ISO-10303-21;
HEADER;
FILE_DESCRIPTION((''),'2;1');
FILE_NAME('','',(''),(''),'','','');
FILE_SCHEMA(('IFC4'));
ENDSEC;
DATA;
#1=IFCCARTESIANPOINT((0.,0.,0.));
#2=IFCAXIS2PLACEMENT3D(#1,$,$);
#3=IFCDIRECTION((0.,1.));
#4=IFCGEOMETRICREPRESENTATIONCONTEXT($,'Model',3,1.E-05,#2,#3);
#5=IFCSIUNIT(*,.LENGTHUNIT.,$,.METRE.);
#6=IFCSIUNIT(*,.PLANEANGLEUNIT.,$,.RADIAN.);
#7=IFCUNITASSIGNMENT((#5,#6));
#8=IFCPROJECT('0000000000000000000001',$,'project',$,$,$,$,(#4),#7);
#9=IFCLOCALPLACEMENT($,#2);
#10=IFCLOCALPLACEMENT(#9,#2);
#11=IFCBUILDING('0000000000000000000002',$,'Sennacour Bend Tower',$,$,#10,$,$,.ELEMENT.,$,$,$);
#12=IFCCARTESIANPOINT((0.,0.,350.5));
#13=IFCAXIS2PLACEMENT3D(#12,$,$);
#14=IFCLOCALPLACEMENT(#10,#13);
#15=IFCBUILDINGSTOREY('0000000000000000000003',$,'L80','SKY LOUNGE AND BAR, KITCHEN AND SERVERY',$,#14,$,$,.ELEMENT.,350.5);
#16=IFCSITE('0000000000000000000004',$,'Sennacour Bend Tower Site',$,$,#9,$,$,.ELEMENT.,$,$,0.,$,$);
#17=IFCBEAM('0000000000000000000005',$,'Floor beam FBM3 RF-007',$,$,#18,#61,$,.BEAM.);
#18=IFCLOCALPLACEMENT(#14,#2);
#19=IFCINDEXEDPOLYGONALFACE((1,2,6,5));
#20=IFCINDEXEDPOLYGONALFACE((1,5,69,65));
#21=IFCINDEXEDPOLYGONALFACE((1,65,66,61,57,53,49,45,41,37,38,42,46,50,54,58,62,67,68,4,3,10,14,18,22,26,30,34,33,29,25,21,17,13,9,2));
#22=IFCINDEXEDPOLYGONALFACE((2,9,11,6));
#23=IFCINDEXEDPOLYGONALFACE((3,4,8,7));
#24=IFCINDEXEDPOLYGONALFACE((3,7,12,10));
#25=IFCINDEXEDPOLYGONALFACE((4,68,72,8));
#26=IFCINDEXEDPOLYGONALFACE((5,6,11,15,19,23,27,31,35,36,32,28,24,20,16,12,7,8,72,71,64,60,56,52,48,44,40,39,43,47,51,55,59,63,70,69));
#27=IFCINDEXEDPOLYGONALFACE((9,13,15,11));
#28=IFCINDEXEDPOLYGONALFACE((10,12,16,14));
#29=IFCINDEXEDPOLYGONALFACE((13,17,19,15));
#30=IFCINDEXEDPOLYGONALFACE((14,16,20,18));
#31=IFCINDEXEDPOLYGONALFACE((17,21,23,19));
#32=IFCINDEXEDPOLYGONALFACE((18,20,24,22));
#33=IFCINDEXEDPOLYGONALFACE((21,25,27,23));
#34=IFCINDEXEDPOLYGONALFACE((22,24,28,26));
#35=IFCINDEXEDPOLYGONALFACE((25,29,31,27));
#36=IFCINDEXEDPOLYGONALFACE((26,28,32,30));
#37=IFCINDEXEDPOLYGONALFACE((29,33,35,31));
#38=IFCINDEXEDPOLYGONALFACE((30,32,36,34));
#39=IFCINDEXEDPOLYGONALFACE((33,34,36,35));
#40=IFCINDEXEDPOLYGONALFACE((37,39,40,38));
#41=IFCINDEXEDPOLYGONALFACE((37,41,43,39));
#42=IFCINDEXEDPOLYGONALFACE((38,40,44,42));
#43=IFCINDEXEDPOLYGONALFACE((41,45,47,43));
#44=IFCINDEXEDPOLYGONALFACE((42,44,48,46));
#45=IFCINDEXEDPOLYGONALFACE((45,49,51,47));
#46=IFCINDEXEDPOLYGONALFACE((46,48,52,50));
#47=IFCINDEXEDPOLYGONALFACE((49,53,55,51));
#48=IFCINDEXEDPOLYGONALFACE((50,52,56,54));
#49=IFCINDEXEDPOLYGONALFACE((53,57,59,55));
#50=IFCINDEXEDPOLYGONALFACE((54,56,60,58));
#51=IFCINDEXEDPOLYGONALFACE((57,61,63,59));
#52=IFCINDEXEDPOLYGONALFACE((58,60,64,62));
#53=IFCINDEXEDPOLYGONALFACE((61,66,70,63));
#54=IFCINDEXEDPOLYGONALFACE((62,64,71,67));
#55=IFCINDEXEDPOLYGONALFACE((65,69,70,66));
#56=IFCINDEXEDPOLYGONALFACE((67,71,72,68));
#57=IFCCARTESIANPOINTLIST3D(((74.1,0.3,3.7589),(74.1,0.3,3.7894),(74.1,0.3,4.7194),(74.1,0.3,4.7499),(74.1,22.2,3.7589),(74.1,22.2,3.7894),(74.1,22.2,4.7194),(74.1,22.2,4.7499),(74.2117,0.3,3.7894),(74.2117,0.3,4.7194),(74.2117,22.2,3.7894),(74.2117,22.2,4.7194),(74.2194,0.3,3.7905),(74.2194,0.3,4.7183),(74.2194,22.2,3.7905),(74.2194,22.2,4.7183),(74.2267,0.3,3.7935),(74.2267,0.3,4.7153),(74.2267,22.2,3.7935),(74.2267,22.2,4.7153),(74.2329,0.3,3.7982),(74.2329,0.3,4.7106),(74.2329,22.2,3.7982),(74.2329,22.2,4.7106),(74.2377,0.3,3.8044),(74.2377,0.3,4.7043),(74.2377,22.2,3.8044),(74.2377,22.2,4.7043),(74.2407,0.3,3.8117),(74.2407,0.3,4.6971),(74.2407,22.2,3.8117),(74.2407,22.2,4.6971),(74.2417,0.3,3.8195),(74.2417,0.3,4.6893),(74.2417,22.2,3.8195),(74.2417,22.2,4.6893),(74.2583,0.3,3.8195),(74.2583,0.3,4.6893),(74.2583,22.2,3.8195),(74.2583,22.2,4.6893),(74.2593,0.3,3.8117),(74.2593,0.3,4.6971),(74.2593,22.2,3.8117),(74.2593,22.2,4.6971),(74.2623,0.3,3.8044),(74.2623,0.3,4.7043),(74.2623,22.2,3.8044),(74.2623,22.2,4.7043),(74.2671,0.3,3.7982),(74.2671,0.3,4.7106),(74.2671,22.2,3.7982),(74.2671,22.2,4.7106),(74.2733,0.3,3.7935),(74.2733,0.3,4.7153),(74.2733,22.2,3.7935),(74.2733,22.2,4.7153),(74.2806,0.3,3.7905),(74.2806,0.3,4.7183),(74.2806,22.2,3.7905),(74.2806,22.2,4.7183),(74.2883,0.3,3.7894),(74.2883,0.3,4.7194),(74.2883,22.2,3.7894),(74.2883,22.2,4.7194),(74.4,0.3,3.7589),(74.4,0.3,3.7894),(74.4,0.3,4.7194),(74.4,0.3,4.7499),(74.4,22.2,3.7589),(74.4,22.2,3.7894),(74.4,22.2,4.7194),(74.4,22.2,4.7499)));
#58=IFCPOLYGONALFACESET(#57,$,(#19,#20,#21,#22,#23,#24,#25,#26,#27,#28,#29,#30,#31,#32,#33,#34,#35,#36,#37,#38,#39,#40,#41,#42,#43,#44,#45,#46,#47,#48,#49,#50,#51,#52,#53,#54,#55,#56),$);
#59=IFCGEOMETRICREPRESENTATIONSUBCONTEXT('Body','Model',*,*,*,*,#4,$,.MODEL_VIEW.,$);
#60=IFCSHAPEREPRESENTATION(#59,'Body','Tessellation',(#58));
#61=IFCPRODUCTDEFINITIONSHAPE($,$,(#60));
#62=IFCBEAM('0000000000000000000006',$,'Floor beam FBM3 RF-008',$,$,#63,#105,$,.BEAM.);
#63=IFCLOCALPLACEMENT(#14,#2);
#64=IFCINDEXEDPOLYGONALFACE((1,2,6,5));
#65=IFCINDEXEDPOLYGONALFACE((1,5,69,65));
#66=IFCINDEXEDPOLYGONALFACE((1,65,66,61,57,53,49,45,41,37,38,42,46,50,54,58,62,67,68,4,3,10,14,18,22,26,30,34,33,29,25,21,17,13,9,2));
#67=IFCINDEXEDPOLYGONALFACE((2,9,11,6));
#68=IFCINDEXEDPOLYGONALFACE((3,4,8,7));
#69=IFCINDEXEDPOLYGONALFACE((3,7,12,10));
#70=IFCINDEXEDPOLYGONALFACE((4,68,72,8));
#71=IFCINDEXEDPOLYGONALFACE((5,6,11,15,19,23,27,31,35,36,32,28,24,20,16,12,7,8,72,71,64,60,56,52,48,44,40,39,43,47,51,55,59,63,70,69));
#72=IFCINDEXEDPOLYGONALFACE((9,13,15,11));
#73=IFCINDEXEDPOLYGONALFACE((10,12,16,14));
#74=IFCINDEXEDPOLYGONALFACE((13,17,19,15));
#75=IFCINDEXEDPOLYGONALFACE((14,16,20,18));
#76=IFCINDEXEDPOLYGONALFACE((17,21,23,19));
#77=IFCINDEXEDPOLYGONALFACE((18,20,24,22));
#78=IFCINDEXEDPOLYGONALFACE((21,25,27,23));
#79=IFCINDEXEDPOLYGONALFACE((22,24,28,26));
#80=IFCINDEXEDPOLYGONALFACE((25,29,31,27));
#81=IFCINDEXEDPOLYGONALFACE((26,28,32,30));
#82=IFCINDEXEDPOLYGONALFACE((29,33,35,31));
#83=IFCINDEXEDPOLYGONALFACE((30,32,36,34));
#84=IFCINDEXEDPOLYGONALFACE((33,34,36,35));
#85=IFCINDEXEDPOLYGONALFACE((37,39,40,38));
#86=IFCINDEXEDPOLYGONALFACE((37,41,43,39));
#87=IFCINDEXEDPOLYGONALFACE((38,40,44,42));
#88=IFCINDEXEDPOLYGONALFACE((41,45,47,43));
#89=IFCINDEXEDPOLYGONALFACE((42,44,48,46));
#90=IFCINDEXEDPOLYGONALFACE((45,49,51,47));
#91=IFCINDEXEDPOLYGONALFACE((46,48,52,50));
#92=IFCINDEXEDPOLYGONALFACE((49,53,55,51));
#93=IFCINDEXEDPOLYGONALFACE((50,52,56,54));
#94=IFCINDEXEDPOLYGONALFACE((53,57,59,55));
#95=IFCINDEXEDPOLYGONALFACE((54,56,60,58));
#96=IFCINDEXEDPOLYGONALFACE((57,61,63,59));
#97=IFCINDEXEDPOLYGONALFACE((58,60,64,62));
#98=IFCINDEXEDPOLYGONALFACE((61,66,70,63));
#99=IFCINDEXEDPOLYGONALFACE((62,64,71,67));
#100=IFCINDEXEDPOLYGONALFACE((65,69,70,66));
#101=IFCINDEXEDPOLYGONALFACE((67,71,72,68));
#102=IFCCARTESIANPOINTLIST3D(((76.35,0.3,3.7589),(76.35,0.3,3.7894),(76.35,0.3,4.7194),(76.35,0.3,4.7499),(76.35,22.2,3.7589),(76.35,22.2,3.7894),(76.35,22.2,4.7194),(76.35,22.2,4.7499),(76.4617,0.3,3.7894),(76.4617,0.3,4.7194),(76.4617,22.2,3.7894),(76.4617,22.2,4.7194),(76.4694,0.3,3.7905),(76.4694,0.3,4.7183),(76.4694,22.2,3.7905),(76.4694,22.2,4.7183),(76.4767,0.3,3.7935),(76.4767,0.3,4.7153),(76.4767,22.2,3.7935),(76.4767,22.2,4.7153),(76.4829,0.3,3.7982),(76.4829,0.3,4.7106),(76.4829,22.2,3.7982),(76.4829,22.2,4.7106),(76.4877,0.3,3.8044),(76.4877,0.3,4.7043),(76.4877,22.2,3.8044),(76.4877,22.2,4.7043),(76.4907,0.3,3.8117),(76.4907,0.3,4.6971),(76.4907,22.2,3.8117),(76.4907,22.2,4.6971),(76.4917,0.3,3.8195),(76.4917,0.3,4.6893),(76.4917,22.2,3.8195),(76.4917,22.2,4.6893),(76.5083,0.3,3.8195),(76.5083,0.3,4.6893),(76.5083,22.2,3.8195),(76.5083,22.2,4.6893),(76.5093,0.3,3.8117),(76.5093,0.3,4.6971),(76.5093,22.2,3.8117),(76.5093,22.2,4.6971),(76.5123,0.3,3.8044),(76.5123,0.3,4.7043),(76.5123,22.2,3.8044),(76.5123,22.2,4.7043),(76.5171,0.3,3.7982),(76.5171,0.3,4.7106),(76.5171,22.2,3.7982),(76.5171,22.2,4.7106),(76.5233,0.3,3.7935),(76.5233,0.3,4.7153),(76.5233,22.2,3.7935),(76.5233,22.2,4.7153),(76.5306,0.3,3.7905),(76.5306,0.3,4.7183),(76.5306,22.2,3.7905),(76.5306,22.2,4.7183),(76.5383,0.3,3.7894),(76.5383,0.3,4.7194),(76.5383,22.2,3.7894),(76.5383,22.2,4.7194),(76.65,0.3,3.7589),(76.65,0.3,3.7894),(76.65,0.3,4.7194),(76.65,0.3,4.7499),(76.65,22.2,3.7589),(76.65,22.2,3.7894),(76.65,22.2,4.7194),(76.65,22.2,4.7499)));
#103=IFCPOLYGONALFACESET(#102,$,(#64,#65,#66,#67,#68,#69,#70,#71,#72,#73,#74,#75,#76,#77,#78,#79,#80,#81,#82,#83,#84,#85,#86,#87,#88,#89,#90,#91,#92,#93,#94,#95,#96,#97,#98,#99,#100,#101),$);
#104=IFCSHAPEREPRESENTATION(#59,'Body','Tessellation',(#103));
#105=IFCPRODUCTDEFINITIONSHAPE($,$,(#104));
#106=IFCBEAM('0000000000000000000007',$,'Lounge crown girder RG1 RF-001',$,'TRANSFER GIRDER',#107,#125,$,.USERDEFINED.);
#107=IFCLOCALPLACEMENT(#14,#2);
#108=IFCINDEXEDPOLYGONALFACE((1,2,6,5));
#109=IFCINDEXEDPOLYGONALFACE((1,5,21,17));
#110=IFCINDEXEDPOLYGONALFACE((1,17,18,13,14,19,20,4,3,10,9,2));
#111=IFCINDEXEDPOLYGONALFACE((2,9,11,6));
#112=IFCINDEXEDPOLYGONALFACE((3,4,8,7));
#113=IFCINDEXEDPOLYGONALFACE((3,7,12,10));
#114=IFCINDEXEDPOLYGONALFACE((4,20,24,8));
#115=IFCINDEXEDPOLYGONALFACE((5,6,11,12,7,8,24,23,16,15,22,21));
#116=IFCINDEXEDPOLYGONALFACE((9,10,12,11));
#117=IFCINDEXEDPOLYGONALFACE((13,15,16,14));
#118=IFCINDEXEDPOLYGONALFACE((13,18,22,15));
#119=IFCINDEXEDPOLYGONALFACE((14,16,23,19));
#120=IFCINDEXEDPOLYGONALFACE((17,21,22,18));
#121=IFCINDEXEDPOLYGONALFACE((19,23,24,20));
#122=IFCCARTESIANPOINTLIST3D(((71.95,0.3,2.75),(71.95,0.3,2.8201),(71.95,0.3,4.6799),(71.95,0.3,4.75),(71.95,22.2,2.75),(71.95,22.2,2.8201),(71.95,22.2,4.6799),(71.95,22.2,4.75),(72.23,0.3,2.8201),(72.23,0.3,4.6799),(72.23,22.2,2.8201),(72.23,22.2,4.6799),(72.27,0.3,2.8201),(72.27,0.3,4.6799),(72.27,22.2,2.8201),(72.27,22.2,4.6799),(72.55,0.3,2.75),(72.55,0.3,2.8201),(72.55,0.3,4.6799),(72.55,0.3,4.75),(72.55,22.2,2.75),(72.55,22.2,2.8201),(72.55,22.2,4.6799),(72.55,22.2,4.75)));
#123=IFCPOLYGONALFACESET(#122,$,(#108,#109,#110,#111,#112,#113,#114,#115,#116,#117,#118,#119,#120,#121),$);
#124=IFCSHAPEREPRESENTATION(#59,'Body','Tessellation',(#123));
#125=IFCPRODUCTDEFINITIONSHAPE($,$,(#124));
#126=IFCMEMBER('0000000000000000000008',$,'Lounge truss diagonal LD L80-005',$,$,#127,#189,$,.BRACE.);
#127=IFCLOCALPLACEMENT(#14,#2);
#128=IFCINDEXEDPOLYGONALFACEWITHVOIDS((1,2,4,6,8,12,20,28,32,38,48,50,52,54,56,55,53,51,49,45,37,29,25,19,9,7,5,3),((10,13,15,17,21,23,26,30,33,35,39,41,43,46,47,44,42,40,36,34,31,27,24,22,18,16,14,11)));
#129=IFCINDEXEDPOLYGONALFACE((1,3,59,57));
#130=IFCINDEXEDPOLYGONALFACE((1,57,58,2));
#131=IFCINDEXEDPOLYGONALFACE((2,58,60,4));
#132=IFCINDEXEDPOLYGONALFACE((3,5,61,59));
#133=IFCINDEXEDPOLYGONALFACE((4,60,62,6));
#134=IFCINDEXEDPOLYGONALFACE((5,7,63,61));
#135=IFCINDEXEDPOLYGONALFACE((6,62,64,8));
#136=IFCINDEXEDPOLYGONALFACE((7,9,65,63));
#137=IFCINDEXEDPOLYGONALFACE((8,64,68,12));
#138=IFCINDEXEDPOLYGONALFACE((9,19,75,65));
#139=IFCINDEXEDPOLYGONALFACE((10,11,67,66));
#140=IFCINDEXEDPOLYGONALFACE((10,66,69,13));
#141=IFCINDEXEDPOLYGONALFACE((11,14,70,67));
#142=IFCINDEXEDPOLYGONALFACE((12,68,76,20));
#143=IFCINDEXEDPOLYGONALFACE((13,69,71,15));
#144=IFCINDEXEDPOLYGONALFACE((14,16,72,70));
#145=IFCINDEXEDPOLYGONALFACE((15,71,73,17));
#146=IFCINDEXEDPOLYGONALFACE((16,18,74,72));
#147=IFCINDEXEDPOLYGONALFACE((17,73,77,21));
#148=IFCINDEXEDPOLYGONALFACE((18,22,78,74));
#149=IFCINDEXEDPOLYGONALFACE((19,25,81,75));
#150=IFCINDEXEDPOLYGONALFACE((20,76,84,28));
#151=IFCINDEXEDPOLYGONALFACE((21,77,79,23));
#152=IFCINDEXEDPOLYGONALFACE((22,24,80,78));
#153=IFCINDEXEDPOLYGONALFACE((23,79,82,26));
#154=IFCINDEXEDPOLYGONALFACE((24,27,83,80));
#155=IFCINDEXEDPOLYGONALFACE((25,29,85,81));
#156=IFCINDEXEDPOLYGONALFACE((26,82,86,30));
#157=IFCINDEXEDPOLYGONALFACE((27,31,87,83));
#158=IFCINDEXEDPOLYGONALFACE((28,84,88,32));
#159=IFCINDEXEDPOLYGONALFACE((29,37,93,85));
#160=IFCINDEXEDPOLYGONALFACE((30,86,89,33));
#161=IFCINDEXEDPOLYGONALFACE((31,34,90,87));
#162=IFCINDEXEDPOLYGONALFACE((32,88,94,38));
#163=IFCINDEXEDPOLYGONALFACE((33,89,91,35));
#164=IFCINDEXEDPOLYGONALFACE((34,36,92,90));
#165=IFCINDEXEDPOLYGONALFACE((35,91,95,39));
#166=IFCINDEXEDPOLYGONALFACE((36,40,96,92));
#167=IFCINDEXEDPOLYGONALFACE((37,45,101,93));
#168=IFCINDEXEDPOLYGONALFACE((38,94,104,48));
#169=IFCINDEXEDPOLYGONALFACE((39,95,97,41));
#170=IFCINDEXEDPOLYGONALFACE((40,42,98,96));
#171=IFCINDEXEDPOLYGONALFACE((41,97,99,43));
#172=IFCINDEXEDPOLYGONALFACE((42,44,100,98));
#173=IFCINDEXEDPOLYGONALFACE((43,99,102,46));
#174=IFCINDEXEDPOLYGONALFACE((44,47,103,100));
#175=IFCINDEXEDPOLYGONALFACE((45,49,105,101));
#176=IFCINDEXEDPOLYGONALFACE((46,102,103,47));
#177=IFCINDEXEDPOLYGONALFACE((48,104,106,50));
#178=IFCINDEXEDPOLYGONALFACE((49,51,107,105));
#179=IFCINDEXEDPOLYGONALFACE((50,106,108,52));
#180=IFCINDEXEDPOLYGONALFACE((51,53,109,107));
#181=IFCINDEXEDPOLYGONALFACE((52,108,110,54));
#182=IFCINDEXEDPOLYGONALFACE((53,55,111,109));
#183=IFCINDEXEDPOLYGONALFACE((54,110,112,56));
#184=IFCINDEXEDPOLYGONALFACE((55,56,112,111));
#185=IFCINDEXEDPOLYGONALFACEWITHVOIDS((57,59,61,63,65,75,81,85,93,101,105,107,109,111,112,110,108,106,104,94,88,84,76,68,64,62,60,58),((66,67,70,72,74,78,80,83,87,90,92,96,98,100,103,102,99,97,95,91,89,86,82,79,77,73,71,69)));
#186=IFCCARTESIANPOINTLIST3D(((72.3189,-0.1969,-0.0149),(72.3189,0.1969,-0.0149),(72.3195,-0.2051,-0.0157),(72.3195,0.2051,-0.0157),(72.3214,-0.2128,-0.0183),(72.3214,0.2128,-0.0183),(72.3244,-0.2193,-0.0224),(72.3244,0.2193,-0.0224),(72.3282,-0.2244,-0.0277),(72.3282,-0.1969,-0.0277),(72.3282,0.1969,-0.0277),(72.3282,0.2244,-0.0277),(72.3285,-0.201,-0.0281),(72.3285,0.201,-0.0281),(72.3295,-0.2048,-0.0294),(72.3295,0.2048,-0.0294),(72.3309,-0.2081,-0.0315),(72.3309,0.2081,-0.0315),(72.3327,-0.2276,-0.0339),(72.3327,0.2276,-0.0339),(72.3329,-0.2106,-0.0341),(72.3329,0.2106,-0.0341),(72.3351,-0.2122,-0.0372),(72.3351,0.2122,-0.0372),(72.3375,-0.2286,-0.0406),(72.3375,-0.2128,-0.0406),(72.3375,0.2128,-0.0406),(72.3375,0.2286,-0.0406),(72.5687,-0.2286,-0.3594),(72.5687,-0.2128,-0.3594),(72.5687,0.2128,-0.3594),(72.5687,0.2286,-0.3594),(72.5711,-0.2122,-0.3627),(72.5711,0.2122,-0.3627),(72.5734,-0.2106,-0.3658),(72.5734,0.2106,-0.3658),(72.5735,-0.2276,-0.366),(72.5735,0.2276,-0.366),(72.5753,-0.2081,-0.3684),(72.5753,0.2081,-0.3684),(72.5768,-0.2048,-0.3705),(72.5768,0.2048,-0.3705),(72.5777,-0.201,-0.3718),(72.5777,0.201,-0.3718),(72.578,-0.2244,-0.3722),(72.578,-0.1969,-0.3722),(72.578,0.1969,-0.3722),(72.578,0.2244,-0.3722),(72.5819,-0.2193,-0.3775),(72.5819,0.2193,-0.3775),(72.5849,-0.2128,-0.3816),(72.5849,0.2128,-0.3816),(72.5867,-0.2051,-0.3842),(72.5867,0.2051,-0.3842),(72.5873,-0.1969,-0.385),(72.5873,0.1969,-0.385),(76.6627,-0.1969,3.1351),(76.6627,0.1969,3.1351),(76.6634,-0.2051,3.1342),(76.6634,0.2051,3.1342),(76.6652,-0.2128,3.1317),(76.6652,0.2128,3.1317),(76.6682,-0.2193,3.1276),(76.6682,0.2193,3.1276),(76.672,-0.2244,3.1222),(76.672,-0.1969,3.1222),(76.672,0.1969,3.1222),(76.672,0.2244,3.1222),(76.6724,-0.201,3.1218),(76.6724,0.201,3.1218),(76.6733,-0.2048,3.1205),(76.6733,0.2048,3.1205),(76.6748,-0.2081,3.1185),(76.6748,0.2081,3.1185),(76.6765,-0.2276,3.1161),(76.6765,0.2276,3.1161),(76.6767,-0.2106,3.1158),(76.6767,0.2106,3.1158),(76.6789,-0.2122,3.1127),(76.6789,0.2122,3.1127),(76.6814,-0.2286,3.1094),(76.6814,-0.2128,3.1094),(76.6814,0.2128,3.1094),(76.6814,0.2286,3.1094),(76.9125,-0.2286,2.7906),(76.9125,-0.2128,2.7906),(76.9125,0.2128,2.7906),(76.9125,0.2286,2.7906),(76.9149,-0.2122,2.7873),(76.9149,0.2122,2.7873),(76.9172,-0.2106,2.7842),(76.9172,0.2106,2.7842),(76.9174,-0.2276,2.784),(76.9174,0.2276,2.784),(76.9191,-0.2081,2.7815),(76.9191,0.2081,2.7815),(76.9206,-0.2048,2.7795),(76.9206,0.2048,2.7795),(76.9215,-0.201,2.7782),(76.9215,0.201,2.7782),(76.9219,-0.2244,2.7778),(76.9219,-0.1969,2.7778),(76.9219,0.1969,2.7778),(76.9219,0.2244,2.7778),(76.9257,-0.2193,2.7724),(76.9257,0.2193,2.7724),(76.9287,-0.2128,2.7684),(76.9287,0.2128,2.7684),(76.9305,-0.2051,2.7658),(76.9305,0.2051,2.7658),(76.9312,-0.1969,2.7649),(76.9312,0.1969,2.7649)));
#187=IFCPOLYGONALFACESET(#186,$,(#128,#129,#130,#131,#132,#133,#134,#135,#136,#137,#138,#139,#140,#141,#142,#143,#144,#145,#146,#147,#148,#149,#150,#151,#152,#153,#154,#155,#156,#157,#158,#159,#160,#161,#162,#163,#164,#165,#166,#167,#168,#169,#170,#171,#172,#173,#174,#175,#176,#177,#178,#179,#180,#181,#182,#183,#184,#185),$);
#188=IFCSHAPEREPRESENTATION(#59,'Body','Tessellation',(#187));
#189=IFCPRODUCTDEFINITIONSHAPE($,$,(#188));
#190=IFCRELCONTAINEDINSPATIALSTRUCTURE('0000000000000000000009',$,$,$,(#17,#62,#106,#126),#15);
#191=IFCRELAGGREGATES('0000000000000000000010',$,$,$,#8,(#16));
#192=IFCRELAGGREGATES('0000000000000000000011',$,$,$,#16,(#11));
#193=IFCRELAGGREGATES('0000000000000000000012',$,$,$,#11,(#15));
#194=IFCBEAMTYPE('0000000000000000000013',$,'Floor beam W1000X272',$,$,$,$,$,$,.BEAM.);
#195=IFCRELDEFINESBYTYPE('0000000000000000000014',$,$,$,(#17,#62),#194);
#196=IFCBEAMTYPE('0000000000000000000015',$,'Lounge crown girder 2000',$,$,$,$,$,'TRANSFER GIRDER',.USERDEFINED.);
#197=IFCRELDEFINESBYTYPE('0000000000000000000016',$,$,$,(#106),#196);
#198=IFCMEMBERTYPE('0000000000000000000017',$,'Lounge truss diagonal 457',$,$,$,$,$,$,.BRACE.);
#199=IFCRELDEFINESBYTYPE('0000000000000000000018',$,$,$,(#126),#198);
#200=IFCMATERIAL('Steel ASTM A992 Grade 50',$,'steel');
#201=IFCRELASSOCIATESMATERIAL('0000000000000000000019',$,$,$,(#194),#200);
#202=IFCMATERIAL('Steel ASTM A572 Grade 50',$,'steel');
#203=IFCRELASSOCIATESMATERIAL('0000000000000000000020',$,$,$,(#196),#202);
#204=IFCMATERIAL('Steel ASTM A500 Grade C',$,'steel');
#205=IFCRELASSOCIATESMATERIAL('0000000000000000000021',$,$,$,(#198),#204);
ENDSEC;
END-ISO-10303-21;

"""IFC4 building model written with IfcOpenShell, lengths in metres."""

from ifc_helpers import new_model, si_unit, direction, frame, origin, origin_2d, place, context, subcontext, project, spatial, hollow_rectangle, i_section, extrude, material, material_profile, profile_set, type_object, element, save


model = new_model("IFC4")

# Units and contexts
model_context = context("Model", 3, precision=1e-05, world=origin(), true_north=direction((0.0, 1.0)))
body_context = subcontext(model_context, "Body", "Model", "MODEL_VIEW")
ifc_project = project(units=[si_unit("LENGTHUNIT", "METRE"), si_unit("PLANEANGLEUNIT", "RADIAN")], contexts=[model_context])

# Site, building, storey
site_placement = place(None, origin())
site = spatial("IfcSite", under=ifc_project, at=site_placement, Name="Sennacour Bend Tower Site", CompositionType="ELEMENT", RefElevation=0.0)
building_placement = place(site_placement, origin())
building = spatial("IfcBuilding", under=site, at=building_placement, Name="Sennacour Bend Tower", CompositionType="ELEMENT")
storey_placement = place(building_placement, frame((0.0, 0.0, 350.5)))
storey = spatial("IfcBuildingStorey", under=building, at=storey_placement, Name="L80", Description="SKY LOUNGE AND BAR, KITCHEN AND SERVERY", CompositionType="ELEMENT", Elevation=350.5)

# Beams
ifc_material_1 = material(Name="Steel ASTM A992 Grade 50", Category="steel")
ifc_material_profile_1 = material_profile(ifc_material_1, i_section(OverallWidth=0.3, OverallDepth=0.991, WebThickness=0.0166, FlangeThickness=0.0305, FilletRadius=0.03, at=origin_2d()), Name="Steel ASTM A992 Grade 50", Category="steel")
ifc_profile_set_1 = profile_set([ifc_material_profile_1], Name="Steel ASTM A992 Grade 50")
beam_type_1 = type_object("IfcBeamType", Name="Floor beam W1000X272", PredefinedType="BEAM", material=ifc_profile_set_1)
for number, where, z_axis, x_axis, name in (
    (1, (74.25, 0.3, 4.2544), (0.0, 1.0, 0.0), (-1.0, 0.0, 0.0), "Floor beam FBM3 RF-007"),
    (2, (76.5, 0.3, 4.2544), (0.0, 1.0, 0.0), (-1.0, 0.0, 0.0), "Floor beam FBM3 RF-008"),
):
    element("IfcBeam", number, at=place(storey_placement, frame(where, z_axis=z_axis, x_axis=x_axis)), inside=storey, type_object=beam_type_1, Name=name, PredefinedType="BEAM", context=body_context, shape_type="SweptSolid", body=[
        extrude(i_section(OverallWidth=0.3, OverallDepth=0.991, WebThickness=0.0166, FlangeThickness=0.0305, FilletRadius=0.03, at=origin_2d()), origin(), (0.0, 0.0, 1.0), 21.8999),
    ])
ifc_material_2 = material(Name="Steel ASTM A572 Grade 50", Category="steel")
ifc_material_profile_2 = material_profile(ifc_material_2, i_section(OverallWidth=0.6001, OverallDepth=2.0, WebThickness=0.04, FlangeThickness=0.0701, at=origin_2d()), Name="Steel ASTM A572 Grade 50", Category="steel")
ifc_profile_set_2 = profile_set([ifc_material_profile_2], Name="Steel ASTM A572 Grade 50")
beam_type_2 = type_object("IfcBeamType", Name="Lounge crown girder 2000", ElementType="TRANSFER GIRDER", PredefinedType="USERDEFINED", material=ifc_profile_set_2)
beam_placement = place(storey_placement, frame((72.25, 0.3, 3.75), z_axis=(0.0, 1.0, 0.0), x_axis=(-1.0, 0.0, 0.0)))
element("IfcBeam", 3, at=beam_placement, inside=storey, type_object=beam_type_2, Name="Lounge crown girder RG1 RF-001", ObjectType="TRANSFER GIRDER", PredefinedType="USERDEFINED", context=body_context, shape_type="SweptSolid", body=[
    extrude(i_section(OverallWidth=0.6001, OverallDepth=2.0, WebThickness=0.04, FlangeThickness=0.0701, at=origin_2d()), origin(), (0.0, 0.0, 1.0), 21.8999),
])

# Member
ifc_material_3 = material(Name="Steel ASTM A500 Grade C", Category="steel")
ifc_material_profile_3 = material_profile(ifc_material_3, hollow_rectangle(XDim=0.4573, YDim=0.4573, WallThickness=0.0159, InnerFilletRadius=0.0159, OuterFilletRadius=0.0317, at=origin_2d()), Name="Steel ASTM A500 Grade C", Category="steel")
ifc_profile_set_3 = profile_set([ifc_material_profile_3], Name="Steel ASTM A500 Grade C")
member_type_1 = type_object("IfcMemberType", Name="Lounge truss diagonal 457", PredefinedType="BRACE", material=ifc_profile_set_3)
member_1_placement = place(storey_placement, frame((72.4531, 0.0, -0.2), z_axis=(0.80955, 0.0, 0.587051), x_axis=(0.0, 1.0, 0.0)))
element("IfcMember", 4, at=member_1_placement, inside=storey, type_object=member_type_1, Name="Lounge truss diagonal LD L80-005", PredefinedType="BRACE", context=body_context, shape_type="SweptSolid", body=[
    extrude(hollow_rectangle(XDim=0.4573, YDim=0.4573, WallThickness=0.0159, InnerFilletRadius=0.0159, OuterFilletRadius=0.0317, at=origin_2d()), origin(), (0.0, 0.0, 1.0), 5.3657),
])

save(model, "model.ifc")
